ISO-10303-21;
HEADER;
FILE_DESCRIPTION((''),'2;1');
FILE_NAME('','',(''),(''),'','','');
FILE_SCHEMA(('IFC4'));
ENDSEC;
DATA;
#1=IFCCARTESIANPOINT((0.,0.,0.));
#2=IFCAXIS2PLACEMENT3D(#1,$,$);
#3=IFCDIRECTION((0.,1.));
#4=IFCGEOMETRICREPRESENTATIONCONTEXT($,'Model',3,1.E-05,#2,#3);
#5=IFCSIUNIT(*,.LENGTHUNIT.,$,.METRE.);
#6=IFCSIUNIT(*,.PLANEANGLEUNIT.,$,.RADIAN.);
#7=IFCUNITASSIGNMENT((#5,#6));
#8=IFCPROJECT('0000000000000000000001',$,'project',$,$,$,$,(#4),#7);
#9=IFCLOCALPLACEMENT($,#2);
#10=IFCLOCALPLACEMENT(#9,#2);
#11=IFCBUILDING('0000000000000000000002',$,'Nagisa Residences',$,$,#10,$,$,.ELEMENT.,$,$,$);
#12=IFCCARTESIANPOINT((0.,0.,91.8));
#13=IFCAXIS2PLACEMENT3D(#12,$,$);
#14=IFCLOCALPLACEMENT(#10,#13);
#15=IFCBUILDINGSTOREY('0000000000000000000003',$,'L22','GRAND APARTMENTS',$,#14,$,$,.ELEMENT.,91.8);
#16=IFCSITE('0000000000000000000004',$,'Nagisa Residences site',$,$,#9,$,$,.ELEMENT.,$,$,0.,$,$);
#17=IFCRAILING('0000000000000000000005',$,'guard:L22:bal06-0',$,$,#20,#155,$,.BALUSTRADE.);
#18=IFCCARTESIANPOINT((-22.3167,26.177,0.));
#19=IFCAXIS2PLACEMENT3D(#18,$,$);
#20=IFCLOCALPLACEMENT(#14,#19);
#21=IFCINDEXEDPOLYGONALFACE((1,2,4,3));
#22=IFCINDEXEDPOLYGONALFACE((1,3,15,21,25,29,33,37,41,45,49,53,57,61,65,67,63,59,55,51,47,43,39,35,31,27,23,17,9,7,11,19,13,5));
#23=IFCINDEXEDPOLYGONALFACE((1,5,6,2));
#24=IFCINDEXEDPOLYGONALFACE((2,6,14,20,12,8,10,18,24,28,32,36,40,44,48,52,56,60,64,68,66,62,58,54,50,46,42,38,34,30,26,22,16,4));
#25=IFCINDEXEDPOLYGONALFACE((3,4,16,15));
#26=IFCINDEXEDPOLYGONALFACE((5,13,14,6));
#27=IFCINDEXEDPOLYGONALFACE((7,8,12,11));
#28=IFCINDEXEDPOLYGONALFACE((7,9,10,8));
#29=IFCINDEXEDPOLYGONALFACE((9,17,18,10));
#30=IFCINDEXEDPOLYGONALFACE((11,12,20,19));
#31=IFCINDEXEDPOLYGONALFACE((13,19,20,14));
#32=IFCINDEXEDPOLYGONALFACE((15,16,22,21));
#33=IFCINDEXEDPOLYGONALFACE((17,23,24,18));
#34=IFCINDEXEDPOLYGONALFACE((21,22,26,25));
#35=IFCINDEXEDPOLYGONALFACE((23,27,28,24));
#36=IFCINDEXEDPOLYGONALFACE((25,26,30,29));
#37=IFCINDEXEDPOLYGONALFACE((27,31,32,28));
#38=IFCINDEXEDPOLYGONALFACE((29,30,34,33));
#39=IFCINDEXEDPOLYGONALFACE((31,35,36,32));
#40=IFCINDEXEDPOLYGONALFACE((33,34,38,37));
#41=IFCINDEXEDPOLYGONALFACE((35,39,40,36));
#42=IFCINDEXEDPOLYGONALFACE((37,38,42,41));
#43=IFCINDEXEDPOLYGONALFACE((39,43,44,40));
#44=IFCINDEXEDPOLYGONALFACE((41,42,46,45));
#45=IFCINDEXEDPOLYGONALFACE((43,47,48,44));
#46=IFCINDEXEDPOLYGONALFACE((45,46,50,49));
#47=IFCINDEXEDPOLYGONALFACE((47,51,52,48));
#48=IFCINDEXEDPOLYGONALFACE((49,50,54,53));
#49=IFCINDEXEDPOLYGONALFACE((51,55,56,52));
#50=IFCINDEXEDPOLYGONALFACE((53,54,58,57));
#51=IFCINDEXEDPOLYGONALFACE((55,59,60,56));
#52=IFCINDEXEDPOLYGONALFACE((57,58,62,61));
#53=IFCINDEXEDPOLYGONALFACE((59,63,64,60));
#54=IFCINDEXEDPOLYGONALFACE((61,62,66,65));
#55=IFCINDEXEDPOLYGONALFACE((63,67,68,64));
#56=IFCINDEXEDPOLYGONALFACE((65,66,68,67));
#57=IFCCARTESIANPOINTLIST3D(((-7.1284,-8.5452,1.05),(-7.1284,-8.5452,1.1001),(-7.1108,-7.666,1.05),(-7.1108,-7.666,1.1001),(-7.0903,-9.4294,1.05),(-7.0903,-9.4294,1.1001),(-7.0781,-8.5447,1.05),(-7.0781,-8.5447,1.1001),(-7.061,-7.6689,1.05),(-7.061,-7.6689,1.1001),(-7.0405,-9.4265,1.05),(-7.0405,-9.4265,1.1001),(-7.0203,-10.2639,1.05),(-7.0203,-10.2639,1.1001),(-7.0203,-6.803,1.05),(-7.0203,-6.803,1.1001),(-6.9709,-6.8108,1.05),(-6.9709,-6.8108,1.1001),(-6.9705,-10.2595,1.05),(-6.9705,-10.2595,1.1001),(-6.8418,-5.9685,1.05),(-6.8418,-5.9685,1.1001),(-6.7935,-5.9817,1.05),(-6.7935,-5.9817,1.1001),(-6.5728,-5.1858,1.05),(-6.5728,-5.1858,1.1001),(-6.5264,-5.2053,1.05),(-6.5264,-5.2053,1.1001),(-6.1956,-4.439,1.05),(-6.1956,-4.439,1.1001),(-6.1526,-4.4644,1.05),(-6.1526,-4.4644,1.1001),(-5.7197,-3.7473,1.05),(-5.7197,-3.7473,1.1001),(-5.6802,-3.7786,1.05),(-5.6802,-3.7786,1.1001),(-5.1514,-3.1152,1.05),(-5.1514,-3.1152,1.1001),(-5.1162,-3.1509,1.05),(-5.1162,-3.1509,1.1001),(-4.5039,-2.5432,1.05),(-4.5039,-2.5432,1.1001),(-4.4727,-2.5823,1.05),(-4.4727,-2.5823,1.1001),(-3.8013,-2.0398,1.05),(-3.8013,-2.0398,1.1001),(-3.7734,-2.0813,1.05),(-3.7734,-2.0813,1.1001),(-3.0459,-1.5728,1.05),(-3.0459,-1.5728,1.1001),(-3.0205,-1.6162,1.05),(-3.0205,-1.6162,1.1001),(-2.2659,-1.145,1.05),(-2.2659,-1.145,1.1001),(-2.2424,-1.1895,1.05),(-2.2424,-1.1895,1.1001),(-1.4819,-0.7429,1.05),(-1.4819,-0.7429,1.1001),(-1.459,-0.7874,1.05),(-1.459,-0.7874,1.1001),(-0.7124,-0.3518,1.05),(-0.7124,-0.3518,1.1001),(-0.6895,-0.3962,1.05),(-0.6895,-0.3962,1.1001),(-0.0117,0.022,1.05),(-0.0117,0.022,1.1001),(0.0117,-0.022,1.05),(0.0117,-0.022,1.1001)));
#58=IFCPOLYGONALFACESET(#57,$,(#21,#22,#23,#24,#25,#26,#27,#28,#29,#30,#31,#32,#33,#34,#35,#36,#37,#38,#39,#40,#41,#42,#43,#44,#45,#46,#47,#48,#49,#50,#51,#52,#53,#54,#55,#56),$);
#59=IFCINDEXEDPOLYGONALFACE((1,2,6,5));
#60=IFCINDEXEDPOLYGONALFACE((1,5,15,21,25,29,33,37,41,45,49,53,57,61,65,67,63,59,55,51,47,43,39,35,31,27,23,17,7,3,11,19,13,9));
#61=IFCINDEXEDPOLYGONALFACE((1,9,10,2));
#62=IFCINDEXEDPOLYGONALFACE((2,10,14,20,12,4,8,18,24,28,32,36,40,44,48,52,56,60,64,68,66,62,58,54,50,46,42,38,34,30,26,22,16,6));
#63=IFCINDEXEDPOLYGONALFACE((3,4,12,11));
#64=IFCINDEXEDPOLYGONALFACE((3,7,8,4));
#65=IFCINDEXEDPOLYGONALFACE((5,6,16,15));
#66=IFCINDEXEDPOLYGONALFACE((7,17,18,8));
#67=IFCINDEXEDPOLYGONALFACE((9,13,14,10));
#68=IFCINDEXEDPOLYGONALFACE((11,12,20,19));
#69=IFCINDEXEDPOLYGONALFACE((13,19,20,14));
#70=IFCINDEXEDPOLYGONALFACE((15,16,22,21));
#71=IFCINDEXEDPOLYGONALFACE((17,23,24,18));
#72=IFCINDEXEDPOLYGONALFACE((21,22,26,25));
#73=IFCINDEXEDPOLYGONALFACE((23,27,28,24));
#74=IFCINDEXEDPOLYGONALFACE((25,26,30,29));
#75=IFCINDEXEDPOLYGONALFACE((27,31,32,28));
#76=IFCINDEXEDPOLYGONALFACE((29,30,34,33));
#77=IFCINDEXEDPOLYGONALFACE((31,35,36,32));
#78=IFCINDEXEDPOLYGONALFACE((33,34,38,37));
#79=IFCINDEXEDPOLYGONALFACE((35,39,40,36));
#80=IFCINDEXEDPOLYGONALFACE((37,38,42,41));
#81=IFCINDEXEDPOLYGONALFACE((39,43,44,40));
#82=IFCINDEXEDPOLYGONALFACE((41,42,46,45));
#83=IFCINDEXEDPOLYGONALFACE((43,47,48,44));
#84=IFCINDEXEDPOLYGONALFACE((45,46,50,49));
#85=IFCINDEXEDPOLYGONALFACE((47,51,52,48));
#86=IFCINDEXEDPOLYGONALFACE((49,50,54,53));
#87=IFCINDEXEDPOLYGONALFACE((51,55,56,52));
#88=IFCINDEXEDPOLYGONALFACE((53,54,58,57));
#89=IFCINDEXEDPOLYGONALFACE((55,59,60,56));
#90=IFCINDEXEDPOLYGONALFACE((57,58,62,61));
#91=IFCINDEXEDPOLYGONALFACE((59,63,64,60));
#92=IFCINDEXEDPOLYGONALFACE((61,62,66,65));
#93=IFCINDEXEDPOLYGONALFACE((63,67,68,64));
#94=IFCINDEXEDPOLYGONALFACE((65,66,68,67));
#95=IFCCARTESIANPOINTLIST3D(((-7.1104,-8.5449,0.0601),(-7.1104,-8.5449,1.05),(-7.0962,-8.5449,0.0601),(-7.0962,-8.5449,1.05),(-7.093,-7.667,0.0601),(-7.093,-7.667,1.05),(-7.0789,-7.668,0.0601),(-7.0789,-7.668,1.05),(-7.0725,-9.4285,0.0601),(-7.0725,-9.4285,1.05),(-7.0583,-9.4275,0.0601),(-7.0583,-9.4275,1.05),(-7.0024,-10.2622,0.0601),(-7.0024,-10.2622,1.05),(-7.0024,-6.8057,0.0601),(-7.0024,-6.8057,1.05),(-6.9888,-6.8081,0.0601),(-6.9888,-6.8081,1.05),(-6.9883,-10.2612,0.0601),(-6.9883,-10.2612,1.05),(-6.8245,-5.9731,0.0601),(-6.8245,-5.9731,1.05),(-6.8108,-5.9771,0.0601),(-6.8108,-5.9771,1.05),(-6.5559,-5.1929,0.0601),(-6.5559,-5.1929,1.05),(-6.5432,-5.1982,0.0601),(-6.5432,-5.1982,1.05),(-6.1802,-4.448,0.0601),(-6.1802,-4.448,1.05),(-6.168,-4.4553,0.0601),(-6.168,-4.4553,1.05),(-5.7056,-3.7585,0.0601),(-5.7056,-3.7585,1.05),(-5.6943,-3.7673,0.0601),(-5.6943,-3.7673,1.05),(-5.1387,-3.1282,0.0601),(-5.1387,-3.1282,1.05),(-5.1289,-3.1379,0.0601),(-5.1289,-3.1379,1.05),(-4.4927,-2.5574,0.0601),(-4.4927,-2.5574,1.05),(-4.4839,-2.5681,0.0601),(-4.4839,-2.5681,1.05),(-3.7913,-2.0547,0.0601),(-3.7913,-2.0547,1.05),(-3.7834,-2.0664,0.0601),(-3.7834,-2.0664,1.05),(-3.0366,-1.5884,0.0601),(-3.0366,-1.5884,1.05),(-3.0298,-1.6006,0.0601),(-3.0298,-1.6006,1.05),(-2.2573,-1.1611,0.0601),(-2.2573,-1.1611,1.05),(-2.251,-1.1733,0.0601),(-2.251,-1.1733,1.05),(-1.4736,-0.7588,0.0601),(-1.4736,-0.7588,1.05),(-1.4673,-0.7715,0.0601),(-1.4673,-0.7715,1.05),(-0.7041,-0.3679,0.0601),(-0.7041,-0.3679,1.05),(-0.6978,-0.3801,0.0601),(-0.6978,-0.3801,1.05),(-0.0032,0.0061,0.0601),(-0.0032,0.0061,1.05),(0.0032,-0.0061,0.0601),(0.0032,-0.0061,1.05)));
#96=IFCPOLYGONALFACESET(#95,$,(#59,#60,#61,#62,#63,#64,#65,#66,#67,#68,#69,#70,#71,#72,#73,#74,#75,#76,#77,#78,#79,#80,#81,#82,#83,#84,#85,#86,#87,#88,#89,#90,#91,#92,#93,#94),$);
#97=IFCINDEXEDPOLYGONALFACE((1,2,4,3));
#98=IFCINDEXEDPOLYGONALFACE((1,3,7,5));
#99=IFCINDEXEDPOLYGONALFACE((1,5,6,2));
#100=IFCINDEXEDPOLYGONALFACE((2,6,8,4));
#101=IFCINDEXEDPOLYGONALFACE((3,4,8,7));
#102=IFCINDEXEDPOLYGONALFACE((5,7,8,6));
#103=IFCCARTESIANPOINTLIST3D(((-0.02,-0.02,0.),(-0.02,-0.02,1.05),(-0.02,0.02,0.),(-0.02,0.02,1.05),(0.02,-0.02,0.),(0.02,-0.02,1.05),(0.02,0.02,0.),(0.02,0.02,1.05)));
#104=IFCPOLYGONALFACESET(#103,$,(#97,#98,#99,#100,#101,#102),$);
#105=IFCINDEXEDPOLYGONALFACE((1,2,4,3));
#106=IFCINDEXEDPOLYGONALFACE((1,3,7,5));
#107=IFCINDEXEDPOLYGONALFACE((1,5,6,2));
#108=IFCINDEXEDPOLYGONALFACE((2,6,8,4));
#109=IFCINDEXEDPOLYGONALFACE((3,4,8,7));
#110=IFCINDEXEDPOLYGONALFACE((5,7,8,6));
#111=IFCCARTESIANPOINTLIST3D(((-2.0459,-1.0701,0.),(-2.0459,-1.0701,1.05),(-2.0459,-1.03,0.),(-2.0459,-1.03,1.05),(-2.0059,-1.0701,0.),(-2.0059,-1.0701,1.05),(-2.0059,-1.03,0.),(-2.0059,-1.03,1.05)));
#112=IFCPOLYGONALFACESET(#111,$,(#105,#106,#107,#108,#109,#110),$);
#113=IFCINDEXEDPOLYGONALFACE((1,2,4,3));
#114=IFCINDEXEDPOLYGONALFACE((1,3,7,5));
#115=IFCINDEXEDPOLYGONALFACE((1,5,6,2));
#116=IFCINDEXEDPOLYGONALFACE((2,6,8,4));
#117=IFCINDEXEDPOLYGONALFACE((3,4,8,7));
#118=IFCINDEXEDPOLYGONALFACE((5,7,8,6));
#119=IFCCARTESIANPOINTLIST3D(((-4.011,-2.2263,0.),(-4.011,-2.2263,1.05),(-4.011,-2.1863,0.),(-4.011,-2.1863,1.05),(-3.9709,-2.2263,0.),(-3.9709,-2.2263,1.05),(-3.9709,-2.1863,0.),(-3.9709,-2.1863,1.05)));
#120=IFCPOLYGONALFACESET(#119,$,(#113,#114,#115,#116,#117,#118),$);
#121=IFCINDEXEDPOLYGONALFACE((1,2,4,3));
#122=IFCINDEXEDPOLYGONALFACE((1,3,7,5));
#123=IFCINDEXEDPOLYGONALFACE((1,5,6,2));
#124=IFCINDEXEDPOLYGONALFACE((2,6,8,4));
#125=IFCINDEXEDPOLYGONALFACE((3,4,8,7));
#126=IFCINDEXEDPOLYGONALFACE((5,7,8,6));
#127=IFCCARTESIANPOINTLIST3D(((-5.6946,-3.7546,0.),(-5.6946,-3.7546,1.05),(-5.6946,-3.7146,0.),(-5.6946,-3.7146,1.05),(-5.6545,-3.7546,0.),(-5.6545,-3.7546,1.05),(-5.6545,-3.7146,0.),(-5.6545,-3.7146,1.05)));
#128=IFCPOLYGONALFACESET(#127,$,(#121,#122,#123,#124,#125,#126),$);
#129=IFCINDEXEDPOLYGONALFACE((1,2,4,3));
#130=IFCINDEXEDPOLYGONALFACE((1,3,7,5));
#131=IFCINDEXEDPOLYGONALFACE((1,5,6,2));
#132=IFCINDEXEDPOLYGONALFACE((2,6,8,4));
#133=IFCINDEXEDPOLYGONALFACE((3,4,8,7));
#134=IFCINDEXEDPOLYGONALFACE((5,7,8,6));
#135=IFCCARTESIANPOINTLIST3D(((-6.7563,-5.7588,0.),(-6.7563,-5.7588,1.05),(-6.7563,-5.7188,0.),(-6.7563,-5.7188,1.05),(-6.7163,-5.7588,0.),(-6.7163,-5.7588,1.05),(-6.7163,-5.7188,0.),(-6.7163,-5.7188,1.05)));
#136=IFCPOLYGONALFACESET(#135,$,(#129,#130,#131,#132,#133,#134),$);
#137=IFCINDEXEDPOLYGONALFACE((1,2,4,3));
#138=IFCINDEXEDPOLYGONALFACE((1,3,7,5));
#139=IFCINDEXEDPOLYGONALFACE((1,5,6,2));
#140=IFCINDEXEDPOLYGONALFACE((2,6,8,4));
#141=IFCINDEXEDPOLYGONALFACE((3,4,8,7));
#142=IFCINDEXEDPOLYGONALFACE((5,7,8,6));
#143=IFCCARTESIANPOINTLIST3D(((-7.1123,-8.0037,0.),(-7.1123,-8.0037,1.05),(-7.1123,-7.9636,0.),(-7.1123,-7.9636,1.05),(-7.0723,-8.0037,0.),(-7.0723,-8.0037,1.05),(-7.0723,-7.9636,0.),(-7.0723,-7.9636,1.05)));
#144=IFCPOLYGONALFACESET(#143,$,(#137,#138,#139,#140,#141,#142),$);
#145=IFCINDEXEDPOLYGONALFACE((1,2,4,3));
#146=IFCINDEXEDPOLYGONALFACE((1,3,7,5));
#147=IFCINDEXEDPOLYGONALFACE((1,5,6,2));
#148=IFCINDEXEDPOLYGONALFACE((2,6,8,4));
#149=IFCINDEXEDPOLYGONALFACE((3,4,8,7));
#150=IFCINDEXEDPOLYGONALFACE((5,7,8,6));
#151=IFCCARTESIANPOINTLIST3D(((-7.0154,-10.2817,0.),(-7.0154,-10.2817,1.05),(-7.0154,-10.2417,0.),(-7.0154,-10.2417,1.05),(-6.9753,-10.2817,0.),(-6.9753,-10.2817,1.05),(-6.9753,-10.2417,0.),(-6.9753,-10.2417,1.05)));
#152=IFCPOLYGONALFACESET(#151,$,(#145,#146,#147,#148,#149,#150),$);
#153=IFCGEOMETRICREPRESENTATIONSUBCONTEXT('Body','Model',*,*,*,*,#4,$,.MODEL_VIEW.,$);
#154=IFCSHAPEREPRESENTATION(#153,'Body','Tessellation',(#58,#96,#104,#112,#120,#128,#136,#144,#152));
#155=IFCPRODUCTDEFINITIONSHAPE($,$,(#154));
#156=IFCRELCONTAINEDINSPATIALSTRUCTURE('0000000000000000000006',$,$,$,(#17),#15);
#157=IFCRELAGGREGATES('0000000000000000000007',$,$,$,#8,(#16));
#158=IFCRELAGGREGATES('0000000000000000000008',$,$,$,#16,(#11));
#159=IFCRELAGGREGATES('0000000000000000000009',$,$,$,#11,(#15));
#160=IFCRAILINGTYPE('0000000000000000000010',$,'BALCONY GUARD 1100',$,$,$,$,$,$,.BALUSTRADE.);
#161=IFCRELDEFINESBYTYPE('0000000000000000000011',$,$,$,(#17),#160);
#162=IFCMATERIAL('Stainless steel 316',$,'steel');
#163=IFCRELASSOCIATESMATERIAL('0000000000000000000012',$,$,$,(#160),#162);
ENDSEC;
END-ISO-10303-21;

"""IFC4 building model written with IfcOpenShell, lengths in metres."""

from ifc_helpers import new_model, si_unit, direction, frame, origin, origin_2d, place, context, subcontext, project, spatial, polyline, rectangle, outline, extrude, material, type_object, element, save


model = new_model("IFC4")

# Units and contexts
model_context = context("Model", 3, precision=1e-05, world=origin(), true_north=direction((0.0, 1.0)))
body_context = subcontext(model_context, "Body", "Model", "MODEL_VIEW")
ifc_project = project(units=[si_unit("LENGTHUNIT", "METRE"), si_unit("PLANEANGLEUNIT", "RADIAN")], contexts=[model_context])

# Site, building, storey
site_placement = place(None, origin())
site = spatial("IfcSite", under=ifc_project, at=site_placement, Name="Nagisa Residences site", CompositionType="ELEMENT", RefElevation=0.0)
building_placement = place(site_placement, origin())
building = spatial("IfcBuilding", under=site, at=building_placement, Name="Nagisa Residences", CompositionType="ELEMENT")
storey_placement = place(building_placement, frame((0.0, 0.0, 91.8)))
storey = spatial("IfcBuildingStorey", under=building, at=storey_placement, Name="L22", Description="GRAND APARTMENTS", CompositionType="ELEMENT", Elevation=91.8)

# Railing
ifc_material_1 = material(Name="Stainless steel 316", Category="steel")
railing_type = type_object("IfcRailingType", Name="BALCONY GUARD 1100", PredefinedType="BALUSTRADE", material=ifc_material_1)
railing_1_placement = place(storey_placement, frame((-22.3167, 26.177, 0.0)))
element("IfcRailing", 1, at=railing_1_placement, inside=storey, type_object=railing_type, Name="guard:L22:bal06-0", PredefinedType="BALUSTRADE", context=body_context, shape_type="SweptSolid", body=[
    extrude(outline(polyline([(-0.6895, -0.3962), (0.0117, -0.022), (-0.0117, 0.022), (-0.7124, -0.3518), (-1.4819, -0.7429), (-2.2659, -1.145), (-3.0459, -1.5728), (-3.8013, -2.0398), (-4.5039, -2.5432), (-5.1514, -3.1152), (-5.7197, -3.7473), (-6.1956, -4.439), (-6.5728, -5.1858), (-6.8418, -5.9685), (-7.0203, -6.803), (-7.1108, -7.666), (-7.1284, -8.5452), (-7.0903, -9.4294), (-7.0203, -10.2639), (-6.9705, -10.2595), (-7.0405, -9.4265), (-7.0781, -8.5447), (-7.061, -7.6689), (-6.9709, -6.8108), (-6.7935, -5.9817), (-6.5264, -5.2053), (-6.1526, -4.4644), (-5.6802, -3.7786), (-5.1162, -3.1509), (-4.4727, -2.5823), (-3.7734, -2.0813), (-3.0205, -1.6162), (-2.2424, -1.1895), (-1.459, -0.7874), (-0.6895, -0.3962)])), frame((0.0, 0.0, 1.05)), (0.0, 0.0, 1.0), 0.05),
    extrude(outline(polyline([(-0.6978, -0.3801), (0.0032, -0.0061), (-0.0032, 0.0061), (-0.7041, -0.3679), (-1.4736, -0.7588), (-2.2573, -1.1611), (-3.0366, -1.5884), (-3.7913, -2.0547), (-4.4927, -2.5574), (-5.1387, -3.1282), (-5.7056, -3.7585), (-6.1802, -4.448), (-6.5559, -5.1929), (-6.8245, -5.9731), (-7.0024, -6.8057), (-7.093, -7.667), (-7.1104, -8.5449), (-7.0725, -9.4285), (-7.0024, -10.2622), (-6.9883, -10.2612), (-7.0583, -9.4275), (-7.0962, -8.5449), (-7.0789, -7.668), (-6.9888, -6.8081), (-6.8108, -5.9771), (-6.5432, -5.1982), (-6.168, -4.4553), (-5.6943, -3.7673), (-5.1289, -3.1379), (-4.4839, -2.5681), (-3.7834, -2.0664), (-3.0298, -1.6006), (-2.251, -1.1733), (-1.4673, -0.7715), (-0.6978, -0.3801)])), frame((0.0, 0.0, 0.0601)), (0.0, 0.0, 1.0), 0.99),
    extrude(rectangle(XDim=0.04, YDim=0.04, at=origin_2d()), origin(), (0.0, 0.0, 1.0), 1.05),
    extrude(rectangle(XDim=0.04, YDim=0.04, at=origin_2d()), frame((-2.0259, -1.05, 0.0)), (0.0, 0.0, 1.0), 1.05),
    extrude(rectangle(XDim=0.04, YDim=0.04, at=origin_2d()), frame((-3.991, -2.2063, 0.0)), (0.0, 0.0, 1.0), 1.05),
    extrude(rectangle(XDim=0.04, YDim=0.04, at=origin_2d()), frame((-5.6746, -3.7346, 0.0)), (0.0, 0.0, 1.0), 1.05),
    extrude(rectangle(XDim=0.04, YDim=0.04, at=origin_2d()), frame((-6.7363, -5.7388, 0.0)), (0.0, 0.0, 1.0), 1.05),
    extrude(rectangle(XDim=0.04, YDim=0.04, at=origin_2d()), frame((-7.0923, -7.9836, 0.0)), (0.0, 0.0, 1.0), 1.05),
    extrude(rectangle(XDim=0.04, YDim=0.04, at=origin_2d()), frame((-6.9954, -10.2617, 0.0)), (0.0, 0.0, 1.0), 1.05),
])

save(model, "model.ifc")
